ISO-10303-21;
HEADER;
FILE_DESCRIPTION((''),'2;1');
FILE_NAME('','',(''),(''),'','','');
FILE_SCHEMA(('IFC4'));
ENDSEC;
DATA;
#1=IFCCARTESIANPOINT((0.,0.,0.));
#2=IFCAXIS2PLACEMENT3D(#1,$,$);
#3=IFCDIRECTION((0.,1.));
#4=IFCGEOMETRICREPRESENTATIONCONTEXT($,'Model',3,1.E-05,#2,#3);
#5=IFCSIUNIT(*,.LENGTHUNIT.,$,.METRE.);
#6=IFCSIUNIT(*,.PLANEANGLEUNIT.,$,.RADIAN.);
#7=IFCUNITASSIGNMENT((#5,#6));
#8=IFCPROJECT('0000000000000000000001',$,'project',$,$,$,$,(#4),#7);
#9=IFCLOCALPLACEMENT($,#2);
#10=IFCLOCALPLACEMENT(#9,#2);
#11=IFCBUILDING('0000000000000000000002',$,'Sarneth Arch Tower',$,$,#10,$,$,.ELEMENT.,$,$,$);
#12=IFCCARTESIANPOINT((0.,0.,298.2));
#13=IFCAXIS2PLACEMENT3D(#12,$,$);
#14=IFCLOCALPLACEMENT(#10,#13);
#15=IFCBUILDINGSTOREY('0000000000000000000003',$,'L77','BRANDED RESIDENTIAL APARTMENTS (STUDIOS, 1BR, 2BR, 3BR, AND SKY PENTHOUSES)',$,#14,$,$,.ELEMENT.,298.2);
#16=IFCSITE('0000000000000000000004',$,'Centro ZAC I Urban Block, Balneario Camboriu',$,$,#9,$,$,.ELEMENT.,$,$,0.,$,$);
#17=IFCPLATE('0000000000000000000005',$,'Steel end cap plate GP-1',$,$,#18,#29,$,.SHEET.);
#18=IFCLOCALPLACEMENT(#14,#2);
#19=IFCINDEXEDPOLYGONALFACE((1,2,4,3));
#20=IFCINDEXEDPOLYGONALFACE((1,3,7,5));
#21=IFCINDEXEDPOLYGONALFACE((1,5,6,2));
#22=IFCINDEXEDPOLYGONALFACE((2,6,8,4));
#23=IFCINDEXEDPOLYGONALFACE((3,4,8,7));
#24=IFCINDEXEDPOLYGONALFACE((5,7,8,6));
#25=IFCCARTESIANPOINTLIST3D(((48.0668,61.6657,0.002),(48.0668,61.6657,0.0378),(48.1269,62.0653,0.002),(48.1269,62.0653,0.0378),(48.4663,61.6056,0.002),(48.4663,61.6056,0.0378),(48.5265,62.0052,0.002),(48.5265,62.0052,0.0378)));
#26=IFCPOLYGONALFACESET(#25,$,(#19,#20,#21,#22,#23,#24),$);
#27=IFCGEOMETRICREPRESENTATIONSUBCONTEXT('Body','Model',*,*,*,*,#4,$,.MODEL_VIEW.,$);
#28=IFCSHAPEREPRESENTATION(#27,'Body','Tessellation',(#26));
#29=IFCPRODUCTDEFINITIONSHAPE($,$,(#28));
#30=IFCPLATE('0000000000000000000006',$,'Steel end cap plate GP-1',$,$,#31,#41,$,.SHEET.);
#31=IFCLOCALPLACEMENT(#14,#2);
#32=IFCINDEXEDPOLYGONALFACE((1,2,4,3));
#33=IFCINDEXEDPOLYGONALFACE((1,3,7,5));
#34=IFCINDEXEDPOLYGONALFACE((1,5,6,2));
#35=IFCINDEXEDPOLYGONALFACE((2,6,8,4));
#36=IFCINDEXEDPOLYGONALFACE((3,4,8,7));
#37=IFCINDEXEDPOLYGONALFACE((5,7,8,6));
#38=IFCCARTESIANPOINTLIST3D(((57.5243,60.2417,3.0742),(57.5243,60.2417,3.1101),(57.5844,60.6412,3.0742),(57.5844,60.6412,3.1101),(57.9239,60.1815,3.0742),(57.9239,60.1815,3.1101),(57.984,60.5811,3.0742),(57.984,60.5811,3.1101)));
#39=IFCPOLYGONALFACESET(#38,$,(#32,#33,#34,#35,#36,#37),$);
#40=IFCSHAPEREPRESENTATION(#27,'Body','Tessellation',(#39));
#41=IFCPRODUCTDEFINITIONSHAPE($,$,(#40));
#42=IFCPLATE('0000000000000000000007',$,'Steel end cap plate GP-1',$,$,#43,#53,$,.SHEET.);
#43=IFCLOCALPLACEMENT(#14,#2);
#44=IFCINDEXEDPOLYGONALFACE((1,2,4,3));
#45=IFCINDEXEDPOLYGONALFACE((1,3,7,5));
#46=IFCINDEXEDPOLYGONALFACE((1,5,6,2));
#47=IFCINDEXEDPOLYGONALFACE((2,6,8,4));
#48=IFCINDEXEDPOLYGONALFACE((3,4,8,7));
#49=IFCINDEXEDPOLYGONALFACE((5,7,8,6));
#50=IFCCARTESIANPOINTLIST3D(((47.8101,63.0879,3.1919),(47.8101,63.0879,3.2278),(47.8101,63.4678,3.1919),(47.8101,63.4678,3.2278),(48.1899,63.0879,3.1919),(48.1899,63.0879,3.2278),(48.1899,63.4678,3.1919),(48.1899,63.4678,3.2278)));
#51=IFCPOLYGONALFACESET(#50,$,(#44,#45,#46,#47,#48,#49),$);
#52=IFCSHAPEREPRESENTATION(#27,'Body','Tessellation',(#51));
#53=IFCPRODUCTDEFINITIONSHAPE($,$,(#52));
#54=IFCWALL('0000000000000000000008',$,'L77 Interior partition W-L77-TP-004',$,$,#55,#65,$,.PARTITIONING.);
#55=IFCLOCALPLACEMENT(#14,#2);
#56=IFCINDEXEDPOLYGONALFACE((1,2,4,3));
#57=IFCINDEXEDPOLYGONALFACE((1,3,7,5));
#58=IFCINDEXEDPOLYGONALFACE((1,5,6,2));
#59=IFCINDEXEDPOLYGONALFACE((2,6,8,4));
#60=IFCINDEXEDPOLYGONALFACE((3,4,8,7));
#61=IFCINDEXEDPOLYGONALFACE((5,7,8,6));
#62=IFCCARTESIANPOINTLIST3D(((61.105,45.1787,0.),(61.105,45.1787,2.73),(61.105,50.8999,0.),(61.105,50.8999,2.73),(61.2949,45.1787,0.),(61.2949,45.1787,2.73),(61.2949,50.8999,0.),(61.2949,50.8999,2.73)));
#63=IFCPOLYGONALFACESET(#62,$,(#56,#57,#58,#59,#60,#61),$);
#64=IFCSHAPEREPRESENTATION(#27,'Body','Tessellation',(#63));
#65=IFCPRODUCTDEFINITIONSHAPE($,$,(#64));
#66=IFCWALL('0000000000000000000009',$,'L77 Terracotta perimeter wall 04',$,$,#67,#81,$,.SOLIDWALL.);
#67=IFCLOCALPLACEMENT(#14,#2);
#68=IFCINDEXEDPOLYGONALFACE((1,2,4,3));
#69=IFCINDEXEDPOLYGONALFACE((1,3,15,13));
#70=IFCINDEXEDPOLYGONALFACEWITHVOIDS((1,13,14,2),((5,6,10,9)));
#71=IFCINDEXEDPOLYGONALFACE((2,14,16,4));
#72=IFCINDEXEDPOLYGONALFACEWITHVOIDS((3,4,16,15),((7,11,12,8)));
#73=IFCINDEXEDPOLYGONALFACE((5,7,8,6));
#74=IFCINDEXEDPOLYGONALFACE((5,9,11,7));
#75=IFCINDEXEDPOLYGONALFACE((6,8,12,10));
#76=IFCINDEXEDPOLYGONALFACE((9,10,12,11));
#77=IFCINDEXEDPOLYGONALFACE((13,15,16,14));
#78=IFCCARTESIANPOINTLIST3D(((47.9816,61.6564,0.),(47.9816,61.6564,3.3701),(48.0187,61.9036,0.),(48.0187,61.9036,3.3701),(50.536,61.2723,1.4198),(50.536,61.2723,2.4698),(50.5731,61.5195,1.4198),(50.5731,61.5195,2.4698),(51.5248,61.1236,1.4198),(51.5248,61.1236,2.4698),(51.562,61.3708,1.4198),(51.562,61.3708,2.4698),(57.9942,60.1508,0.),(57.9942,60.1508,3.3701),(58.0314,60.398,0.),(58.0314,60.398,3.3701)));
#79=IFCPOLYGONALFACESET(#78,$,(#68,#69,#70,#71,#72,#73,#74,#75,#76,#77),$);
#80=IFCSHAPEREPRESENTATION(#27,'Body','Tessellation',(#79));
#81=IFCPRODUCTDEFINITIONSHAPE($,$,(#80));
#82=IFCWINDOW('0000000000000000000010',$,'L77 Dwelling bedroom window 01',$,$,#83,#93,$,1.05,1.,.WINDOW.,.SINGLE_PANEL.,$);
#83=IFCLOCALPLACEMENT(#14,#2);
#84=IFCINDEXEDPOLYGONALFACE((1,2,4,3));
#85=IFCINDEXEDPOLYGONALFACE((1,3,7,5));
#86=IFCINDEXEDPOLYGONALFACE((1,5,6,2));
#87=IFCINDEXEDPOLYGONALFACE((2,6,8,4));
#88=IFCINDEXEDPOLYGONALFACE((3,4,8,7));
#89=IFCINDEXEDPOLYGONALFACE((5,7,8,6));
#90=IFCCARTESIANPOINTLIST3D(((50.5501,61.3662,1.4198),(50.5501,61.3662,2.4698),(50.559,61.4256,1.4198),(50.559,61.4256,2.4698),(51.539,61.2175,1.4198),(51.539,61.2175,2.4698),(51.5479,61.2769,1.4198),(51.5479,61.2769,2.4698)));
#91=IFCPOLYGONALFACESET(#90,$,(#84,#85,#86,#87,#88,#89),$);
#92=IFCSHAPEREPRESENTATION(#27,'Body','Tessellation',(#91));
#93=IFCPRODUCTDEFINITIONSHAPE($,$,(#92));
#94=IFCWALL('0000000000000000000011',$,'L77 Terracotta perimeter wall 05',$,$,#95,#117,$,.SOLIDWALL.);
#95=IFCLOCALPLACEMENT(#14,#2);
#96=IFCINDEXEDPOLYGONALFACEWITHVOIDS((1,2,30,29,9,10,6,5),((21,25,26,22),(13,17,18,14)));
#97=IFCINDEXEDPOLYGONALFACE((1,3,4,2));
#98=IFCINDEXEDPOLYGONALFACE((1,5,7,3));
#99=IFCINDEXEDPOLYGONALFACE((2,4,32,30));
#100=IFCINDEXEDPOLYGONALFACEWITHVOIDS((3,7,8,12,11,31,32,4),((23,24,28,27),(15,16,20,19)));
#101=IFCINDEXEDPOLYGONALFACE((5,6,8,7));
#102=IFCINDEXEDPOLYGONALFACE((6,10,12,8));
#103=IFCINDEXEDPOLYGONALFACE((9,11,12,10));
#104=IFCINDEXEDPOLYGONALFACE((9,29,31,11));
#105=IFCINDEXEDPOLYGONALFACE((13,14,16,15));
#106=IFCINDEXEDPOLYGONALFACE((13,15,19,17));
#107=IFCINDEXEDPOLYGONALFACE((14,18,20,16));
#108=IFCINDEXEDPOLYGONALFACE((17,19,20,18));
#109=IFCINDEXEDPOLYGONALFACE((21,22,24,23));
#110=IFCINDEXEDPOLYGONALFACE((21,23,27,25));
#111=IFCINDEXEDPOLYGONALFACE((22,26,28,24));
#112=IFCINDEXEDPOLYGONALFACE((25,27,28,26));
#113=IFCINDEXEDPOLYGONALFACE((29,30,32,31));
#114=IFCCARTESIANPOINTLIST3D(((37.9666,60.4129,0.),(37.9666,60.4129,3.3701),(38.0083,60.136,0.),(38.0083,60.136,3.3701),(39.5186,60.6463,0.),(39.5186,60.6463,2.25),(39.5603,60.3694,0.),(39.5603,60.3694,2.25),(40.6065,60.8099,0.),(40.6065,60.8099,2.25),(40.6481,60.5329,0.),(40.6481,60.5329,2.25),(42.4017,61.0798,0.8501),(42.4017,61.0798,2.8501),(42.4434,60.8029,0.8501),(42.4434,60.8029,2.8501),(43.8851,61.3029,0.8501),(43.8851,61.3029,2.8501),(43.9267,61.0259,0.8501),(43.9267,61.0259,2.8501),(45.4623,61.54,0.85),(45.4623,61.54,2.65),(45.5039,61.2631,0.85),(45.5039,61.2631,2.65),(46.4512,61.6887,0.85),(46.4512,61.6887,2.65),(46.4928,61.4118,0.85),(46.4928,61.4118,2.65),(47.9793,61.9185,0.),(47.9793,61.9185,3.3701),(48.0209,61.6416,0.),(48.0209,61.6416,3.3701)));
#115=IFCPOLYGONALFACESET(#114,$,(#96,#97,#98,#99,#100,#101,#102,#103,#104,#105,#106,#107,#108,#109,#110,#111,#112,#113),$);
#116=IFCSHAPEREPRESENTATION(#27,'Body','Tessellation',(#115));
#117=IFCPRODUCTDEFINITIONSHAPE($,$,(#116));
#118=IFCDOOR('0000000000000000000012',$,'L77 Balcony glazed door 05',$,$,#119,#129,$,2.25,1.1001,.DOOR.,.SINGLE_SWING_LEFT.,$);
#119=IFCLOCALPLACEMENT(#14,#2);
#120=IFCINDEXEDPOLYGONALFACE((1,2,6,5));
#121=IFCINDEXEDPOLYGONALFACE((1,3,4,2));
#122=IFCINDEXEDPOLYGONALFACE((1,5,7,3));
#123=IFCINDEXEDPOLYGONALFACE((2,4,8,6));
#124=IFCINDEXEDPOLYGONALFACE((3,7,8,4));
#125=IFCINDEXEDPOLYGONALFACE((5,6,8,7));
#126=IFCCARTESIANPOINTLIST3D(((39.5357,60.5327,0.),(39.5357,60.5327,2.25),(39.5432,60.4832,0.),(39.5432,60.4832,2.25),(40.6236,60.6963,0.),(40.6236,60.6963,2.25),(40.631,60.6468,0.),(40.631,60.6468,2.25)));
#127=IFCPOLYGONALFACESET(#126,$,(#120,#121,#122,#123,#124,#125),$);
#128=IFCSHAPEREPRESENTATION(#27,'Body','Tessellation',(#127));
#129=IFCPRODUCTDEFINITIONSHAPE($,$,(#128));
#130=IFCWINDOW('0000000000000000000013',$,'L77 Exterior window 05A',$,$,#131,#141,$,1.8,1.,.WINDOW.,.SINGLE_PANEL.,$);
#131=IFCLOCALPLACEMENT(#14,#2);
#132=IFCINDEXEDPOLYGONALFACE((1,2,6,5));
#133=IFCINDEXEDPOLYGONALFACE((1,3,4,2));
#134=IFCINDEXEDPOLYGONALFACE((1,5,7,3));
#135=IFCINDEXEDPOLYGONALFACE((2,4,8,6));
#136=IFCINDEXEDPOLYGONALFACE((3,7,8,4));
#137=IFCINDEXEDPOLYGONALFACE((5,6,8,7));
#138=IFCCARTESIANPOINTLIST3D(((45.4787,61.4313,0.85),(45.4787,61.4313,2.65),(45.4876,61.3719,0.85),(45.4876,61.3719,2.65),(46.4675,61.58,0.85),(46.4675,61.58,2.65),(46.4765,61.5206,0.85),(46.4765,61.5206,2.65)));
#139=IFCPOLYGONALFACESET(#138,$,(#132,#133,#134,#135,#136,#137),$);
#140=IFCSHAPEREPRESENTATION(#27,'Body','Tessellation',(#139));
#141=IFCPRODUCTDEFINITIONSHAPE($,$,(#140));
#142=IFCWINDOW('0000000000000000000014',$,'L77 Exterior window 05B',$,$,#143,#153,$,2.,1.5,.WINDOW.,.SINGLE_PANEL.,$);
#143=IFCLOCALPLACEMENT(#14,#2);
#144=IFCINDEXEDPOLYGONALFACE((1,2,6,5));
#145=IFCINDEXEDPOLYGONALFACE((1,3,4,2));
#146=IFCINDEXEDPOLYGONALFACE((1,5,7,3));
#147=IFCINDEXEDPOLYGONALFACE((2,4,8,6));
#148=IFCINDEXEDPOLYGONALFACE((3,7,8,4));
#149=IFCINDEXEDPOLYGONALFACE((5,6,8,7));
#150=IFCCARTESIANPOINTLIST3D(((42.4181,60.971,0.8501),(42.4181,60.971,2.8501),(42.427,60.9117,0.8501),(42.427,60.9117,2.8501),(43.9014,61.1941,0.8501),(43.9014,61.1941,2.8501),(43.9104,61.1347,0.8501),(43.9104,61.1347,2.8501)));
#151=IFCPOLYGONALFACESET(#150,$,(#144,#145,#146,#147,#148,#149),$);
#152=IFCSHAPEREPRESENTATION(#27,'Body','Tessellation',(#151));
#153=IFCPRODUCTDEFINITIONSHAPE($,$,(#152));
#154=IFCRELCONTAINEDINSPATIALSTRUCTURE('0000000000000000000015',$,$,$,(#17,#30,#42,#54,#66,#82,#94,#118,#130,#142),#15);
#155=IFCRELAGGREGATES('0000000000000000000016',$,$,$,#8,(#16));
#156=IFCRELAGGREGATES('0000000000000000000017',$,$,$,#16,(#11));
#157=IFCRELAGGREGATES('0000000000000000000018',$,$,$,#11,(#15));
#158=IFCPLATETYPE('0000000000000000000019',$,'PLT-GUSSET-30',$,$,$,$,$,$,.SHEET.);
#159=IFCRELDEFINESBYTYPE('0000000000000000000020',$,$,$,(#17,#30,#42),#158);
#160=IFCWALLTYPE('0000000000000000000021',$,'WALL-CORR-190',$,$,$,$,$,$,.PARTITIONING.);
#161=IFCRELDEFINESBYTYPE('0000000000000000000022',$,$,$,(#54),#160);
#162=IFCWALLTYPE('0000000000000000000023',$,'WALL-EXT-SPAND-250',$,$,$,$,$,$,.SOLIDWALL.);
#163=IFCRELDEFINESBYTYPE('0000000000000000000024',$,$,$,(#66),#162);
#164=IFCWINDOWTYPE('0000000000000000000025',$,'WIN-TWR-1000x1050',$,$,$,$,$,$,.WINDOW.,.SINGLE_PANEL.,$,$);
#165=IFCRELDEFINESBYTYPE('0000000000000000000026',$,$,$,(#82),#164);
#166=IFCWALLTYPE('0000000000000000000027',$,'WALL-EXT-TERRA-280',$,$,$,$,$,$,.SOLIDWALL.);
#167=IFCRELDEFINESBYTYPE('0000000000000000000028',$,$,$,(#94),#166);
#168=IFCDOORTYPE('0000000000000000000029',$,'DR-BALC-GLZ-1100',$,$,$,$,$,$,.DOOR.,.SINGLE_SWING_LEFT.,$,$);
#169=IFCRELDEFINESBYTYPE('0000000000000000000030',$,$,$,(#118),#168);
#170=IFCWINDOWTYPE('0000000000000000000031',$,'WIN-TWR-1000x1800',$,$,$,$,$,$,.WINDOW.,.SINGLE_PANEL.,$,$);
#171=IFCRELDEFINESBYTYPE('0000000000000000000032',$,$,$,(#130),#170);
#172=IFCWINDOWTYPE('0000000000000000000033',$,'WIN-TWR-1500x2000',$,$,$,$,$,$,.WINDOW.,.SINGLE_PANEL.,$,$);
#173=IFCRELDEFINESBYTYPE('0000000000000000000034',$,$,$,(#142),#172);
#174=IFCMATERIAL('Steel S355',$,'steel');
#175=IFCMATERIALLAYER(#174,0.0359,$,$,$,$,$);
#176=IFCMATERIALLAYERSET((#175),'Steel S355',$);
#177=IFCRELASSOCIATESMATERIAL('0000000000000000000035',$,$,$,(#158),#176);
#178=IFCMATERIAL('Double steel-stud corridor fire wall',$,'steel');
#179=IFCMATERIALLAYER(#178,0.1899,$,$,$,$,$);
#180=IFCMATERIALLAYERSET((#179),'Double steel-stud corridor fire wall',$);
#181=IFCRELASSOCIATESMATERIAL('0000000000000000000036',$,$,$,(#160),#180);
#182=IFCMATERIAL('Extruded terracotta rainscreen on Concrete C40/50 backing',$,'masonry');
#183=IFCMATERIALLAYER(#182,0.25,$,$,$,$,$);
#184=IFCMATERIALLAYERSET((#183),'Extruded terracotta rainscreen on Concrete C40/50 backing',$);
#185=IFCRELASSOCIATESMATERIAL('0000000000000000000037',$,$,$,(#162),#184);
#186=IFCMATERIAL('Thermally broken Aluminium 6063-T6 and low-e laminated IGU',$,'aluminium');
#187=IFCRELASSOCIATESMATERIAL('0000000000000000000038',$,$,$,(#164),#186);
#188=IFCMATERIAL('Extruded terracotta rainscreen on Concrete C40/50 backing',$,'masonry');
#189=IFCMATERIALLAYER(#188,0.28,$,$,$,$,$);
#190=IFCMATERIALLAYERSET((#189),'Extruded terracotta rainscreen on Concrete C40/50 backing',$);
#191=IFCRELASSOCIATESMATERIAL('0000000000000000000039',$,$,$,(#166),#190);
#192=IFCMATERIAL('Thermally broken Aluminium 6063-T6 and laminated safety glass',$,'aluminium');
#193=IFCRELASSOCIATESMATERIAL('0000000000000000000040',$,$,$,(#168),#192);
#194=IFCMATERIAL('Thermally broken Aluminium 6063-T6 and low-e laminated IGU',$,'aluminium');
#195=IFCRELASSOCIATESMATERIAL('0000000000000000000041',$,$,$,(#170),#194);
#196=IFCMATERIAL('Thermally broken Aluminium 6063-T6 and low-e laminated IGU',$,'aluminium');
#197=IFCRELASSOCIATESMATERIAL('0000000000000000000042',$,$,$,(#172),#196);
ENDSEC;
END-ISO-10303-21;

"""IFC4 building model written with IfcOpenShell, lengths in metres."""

from ifc_helpers import new_model, si_unit, direction, frame, frame_2d, origin, origin_2d, place, context, subcontext, project, spatial, rectangle, extrude, material, layer, layer_set, type_object, element, fill, save


model = new_model("IFC4")

# Units and contexts
model_context = context("Model", 3, precision=1e-05, world=origin(), true_north=direction((0.0, 1.0)))
body_context = subcontext(model_context, "Body", "Model", "MODEL_VIEW")
ifc_project = project(units=[si_unit("LENGTHUNIT", "METRE"), si_unit("PLANEANGLEUNIT", "RADIAN")], contexts=[model_context])

# Site, building, storey
site_placement = place(None, origin())
site = spatial("IfcSite", under=ifc_project, at=site_placement, Name="Centro ZAC I Urban Block, Balneario Camboriu", CompositionType="ELEMENT", RefElevation=0.0)
building_placement = place(site_placement, origin())
building = spatial("IfcBuilding", under=site, at=building_placement, Name="Sarneth Arch Tower", CompositionType="ELEMENT")
storey_placement = place(building_placement, frame((0.0, 0.0, 298.2)))
storey = spatial("IfcBuildingStorey", under=building, at=storey_placement, Name="L77", Description="BRANDED RESIDENTIAL APARTMENTS (STUDIOS, 1BR, 2BR, 3BR, AND SKY PENTHOUSES)", CompositionType="ELEMENT", Elevation=298.2)

# Plates
ifc_material_1 = material(Name="Steel S355", Category="steel")
ifc_layer_1 = layer(ifc_material_1, 0.0359)
ifc_layer_set_1 = layer_set([ifc_layer_1], Name="Steel S355")
plate_type = type_object("IfcPlateType", Name="PLT-GUSSET-30", PredefinedType="SHEET", material=ifc_layer_set_1)
for number, where, z_axis, x_axis, name in (
    (1, (48.2966, 61.8354, 0.002), (0.0, 0.0, 1.0), (-0.988861, 0.148845, 0.0), "Steel end cap plate GP-1"),
    (2, (57.7542, 60.4114, 3.0742), (0.0, 0.0, 1.0), (-0.988861, 0.148845, 0.0), "Steel end cap plate GP-1"),
):
    element("IfcPlate", number, at=place(storey_placement, frame(where, z_axis=z_axis, x_axis=x_axis)), inside=storey, type_object=plate_type, Name=name, PredefinedType="SHEET", context=body_context, shape_type="SweptSolid", body=[
        extrude(rectangle(XDim=0.4041, YDim=0.4041, at=origin_2d()), origin(), (0.0, 0.0, 1.0), 0.0359),
    ])
plate_placement = place(storey_placement, frame((48.0, 63.2778, 3.1919), z_axis=(0.0, 0.0, 1.0), x_axis=(0.0, 1.0, 0.0)))
element("IfcPlate", 3, at=plate_placement, inside=storey, type_object=plate_type, Name="Steel end cap plate GP-1", PredefinedType="SHEET", context=body_context, shape_type="SweptSolid", body=[
    extrude(rectangle(XDim=0.3799, YDim=0.3799, at=origin_2d()), origin(), (0.0, 0.0, 1.0), 0.0359),
])

# Wall
ifc_material_2 = material(Name="Double steel-stud corridor fire wall", Category="steel")
ifc_layer_2 = layer(ifc_material_2, 0.1899)
ifc_layer_set_2 = layer_set([ifc_layer_2], Name="Double steel-stud corridor fire wall")
wall_type_1 = type_object("IfcWallType", Name="WALL-CORR-190", PredefinedType="PARTITIONING", material=ifc_layer_set_2)
wall_1_placement = place(storey_placement, frame((61.2, 50.8999, 0.0), z_axis=(0.0, 0.0, 1.0), x_axis=(0.0, -1.0, 0.0)))
element("IfcWall", 4, at=wall_1_placement, inside=storey, type_object=wall_type_1, Name="L77 Interior partition W-L77-TP-004", PredefinedType="PARTITIONING", context=body_context, shape_type="SweptSolid", body=[
    extrude(rectangle(XDim=5.7212, YDim=0.1899, at=frame_2d((2.8606, 0.0))), origin(), (0.0, 0.0, 1.0), 2.73),
])

# Wall, opening, window
ifc_material_3 = material(Name="Extruded terracotta rainscreen on Concrete C40/50 backing", Category="masonry")
ifc_layer_3 = layer(ifc_material_3, 0.25)
ifc_layer_set_3 = layer_set([ifc_layer_3], Name="Extruded terracotta rainscreen on Concrete C40/50 backing")
wall_type_2 = type_object("IfcWallType", Name="WALL-EXT-SPAND-250", PredefinedType="SOLIDWALL", material=ifc_layer_set_3)
wall_2_placement = place(storey_placement, frame((58.0127, 60.2744, 0.0), z_axis=(0.0, 0.0, 1.0), x_axis=(-0.988883, 0.148699, 0.0)))
wall_2 = element("IfcWall", 5, at=wall_2_placement, inside=storey, type_object=wall_type_2, Name="L77 Terracotta perimeter wall 04", PredefinedType="SOLIDWALL", context=body_context, shape_type="SweptSolid", body=[
    extrude(rectangle(XDim=10.1252, YDim=0.25, at=frame_2d((5.0625, 0.0))), origin(), (0.0, 0.0, 1.0), 3.3701),
])
opening_1_placement = place(wall_2_placement, frame((6.542, 0.0, 1.4199)))
opening_1 = element("IfcOpeningElement", 6, at=opening_1_placement, cuts=wall_2, PredefinedType="OPENING", context=body_context, shape_type="SweptSolid", body=[
    extrude(rectangle(XDim=1.0, YDim=1.05, at=frame_2d((0.5, 0.5249))), frame((0.0, 0.135, 0.0), z_axis=(0.0, -1.0, 0.0), x_axis=(1.0, 0.0, 0.0)), (0.0, 0.0, 1.0), 0.27),
])
ifc_material_4 = material(Name="Thermally broken Aluminium 6063-T6 and low-e laminated IGU", Category="aluminium")
window_type_1 = type_object("IfcWindowType", Name="WIN-TWR-1000x1050", PartitioningType="SINGLE_PANEL", PredefinedType="WINDOW", material=ifc_material_4)
window_1_placement = place(opening_1_placement, origin())
window_1 = element("IfcWindow", 7, at=window_1_placement, inside=storey, type_object=window_type_1, Name="L77 Dwelling bedroom window 01", OverallHeight=1.05, OverallWidth=1.0, PartitioningType="SINGLE_PANEL", PredefinedType="WINDOW", context=body_context, shape_type="SweptSolid", body=[
    extrude(rectangle(XDim=1.0, YDim=1.05, at=frame_2d((0.5, 0.5249))), frame((0.0, 0.03, 0.0), z_axis=(0.0, -1.0, 0.0), x_axis=(1.0, 0.0, 0.0)), (0.0, 0.0, 1.0), 0.0601),
])
fill(opening_1, window_1)

# Wall, openings, door, windows
ifc_material_5 = material(Name="Extruded terracotta rainscreen on Concrete C40/50 backing", Category="masonry")
ifc_layer_4 = layer(ifc_material_5, 0.28)
ifc_layer_set_4 = layer_set([ifc_layer_4], Name="Extruded terracotta rainscreen on Concrete C40/50 backing")
wall_type_3 = type_object("IfcWallType", Name="WALL-EXT-TERRA-280", PredefinedType="SOLIDWALL", material=ifc_layer_set_4)
wall_3_placement = place(storey_placement, frame((48.0, 61.78, 0.0), z_axis=(0.0, 0.0, 1.0), x_axis=(-0.988883, -0.148699, 0.0)))
wall_3 = element("IfcWall", 8, at=wall_3_placement, inside=storey, type_object=wall_type_3, Name="L77 Terracotta perimeter wall 05", PredefinedType="SOLIDWALL", context=body_context, shape_type="SweptSolid", body=[
    extrude(rectangle(XDim=10.1252, YDim=0.28, at=frame_2d((5.0625, 0.0))), origin(), (0.0, 0.0, 1.0), 3.3701),
])
opening_2_placement = place(wall_3_placement, frame((1.5452, 0.0, 0.8501)))
opening_2 = element("IfcOpeningElement", 9, at=opening_2_placement, cuts=wall_3, PredefinedType="OPENING", context=body_context, shape_type="SweptSolid", body=[
    extrude(rectangle(XDim=1.0, YDim=1.8, at=frame_2d((0.5, 0.8999))), frame((0.0, 0.1499, 0.0), z_axis=(0.0, -1.0, 0.0), x_axis=(1.0, 0.0, 0.0)), (0.0, 0.0, 1.0), 0.3),
])
opening_3_placement = place(wall_3_placement, frame((4.1401, 0.0, 0.8501)))
opening_3 = element("IfcOpeningElement", 10, at=opening_3_placement, cuts=wall_3, PredefinedType="OPENING", context=body_context, shape_type="SweptSolid", body=[
    extrude(rectangle(XDim=1.5, YDim=2.0, at=frame_2d((0.75, 1.0))), frame((0.0, 0.1499, 0.0), z_axis=(0.0, -1.0, 0.0), x_axis=(1.0, 0.0, 0.0)), (0.0, 0.0, 1.0), 0.3),
])
opening_4_placement = place(wall_3_placement, frame((7.4556, 0.0, 0.0)))
opening_4 = element("IfcOpeningElement", 11, at=opening_4_placement, cuts=wall_3, PredefinedType="OPENING", context=body_context, shape_type="SweptSolid", body=[
    extrude(rectangle(XDim=1.1001, YDim=2.25, at=frame_2d((0.55, 1.125))), frame((0.0, 0.1499, 0.0), z_axis=(0.0, -1.0, 0.0), x_axis=(1.0, 0.0, 0.0)), (0.0, 0.0, 1.0), 0.3),
])
ifc_material_6 = material(Name="Thermally broken Aluminium 6063-T6 and laminated safety glass", Category="aluminium")
door_type_1 = type_object("IfcDoorType", Name="DR-BALC-GLZ-1100", OperationType="SINGLE_SWING_LEFT", PredefinedType="DOOR", material=ifc_material_6)
door_1_placement = place(opening_4_placement, origin())
door_1 = element("IfcDoor", 12, at=door_1_placement, inside=storey, type_object=door_type_1, Name="L77 Balcony glazed door 05", OperationType="SINGLE_SWING_LEFT", OverallHeight=2.25, OverallWidth=1.1001, PredefinedType="DOOR", context=body_context, shape_type="SweptSolid", body=[
    extrude(rectangle(XDim=1.1001, YDim=2.25, at=frame_2d((0.55, 1.125))), frame((0.0, 0.0249, 0.0), z_axis=(0.0, -1.0, 0.0), x_axis=(1.0, 0.0, 0.0)), (0.0, 0.0, 1.0), 0.05),
])
fill(opening_4, door_1)
ifc_material_7 = material(Name="Thermally broken Aluminium 6063-T6 and low-e laminated IGU", Category="aluminium")
window_type_2 = type_object("IfcWindowType", Name="WIN-TWR-1000x1800", PartitioningType="SINGLE_PANEL", PredefinedType="WINDOW", material=ifc_material_7)
window_2_placement = place(opening_2_placement, origin())
window_2 = element("IfcWindow", 13, at=window_2_placement, inside=storey, type_object=window_type_2, Name="L77 Exterior window 05A", OverallHeight=1.8, OverallWidth=1.0, PartitioningType="SINGLE_PANEL", PredefinedType="WINDOW", context=body_context, shape_type="SweptSolid", body=[
    extrude(rectangle(XDim=1.0, YDim=1.8, at=frame_2d((0.5, 0.8999))), frame((0.0, 0.03, 0.0), z_axis=(0.0, -1.0, 0.0), x_axis=(1.0, 0.0, 0.0)), (0.0, 0.0, 1.0), 0.0601),
])
fill(opening_2, window_2)
ifc_material_8 = material(Name="Thermally broken Aluminium 6063-T6 and low-e laminated IGU", Category="aluminium")
window_type_3 = type_object("IfcWindowType", Name="WIN-TWR-1500x2000", PartitioningType="SINGLE_PANEL", PredefinedType="WINDOW", material=ifc_material_8)
window_3_placement = place(opening_3_placement, origin())
window_3 = element("IfcWindow", 14, at=window_3_placement, inside=storey, type_object=window_type_3, Name="L77 Exterior window 05B", OverallHeight=2.0, OverallWidth=1.5, PartitioningType="SINGLE_PANEL", PredefinedType="WINDOW", context=body_context, shape_type="SweptSolid", body=[
    extrude(rectangle(XDim=1.5, YDim=2.0, at=frame_2d((0.75, 1.0))), frame((0.0, 0.03, 0.0), z_axis=(0.0, -1.0, 0.0), x_axis=(1.0, 0.0, 0.0)), (0.0, 0.0, 1.0), 0.0601),
])
fill(opening_3, window_3)

save(model, "model.ifc")
